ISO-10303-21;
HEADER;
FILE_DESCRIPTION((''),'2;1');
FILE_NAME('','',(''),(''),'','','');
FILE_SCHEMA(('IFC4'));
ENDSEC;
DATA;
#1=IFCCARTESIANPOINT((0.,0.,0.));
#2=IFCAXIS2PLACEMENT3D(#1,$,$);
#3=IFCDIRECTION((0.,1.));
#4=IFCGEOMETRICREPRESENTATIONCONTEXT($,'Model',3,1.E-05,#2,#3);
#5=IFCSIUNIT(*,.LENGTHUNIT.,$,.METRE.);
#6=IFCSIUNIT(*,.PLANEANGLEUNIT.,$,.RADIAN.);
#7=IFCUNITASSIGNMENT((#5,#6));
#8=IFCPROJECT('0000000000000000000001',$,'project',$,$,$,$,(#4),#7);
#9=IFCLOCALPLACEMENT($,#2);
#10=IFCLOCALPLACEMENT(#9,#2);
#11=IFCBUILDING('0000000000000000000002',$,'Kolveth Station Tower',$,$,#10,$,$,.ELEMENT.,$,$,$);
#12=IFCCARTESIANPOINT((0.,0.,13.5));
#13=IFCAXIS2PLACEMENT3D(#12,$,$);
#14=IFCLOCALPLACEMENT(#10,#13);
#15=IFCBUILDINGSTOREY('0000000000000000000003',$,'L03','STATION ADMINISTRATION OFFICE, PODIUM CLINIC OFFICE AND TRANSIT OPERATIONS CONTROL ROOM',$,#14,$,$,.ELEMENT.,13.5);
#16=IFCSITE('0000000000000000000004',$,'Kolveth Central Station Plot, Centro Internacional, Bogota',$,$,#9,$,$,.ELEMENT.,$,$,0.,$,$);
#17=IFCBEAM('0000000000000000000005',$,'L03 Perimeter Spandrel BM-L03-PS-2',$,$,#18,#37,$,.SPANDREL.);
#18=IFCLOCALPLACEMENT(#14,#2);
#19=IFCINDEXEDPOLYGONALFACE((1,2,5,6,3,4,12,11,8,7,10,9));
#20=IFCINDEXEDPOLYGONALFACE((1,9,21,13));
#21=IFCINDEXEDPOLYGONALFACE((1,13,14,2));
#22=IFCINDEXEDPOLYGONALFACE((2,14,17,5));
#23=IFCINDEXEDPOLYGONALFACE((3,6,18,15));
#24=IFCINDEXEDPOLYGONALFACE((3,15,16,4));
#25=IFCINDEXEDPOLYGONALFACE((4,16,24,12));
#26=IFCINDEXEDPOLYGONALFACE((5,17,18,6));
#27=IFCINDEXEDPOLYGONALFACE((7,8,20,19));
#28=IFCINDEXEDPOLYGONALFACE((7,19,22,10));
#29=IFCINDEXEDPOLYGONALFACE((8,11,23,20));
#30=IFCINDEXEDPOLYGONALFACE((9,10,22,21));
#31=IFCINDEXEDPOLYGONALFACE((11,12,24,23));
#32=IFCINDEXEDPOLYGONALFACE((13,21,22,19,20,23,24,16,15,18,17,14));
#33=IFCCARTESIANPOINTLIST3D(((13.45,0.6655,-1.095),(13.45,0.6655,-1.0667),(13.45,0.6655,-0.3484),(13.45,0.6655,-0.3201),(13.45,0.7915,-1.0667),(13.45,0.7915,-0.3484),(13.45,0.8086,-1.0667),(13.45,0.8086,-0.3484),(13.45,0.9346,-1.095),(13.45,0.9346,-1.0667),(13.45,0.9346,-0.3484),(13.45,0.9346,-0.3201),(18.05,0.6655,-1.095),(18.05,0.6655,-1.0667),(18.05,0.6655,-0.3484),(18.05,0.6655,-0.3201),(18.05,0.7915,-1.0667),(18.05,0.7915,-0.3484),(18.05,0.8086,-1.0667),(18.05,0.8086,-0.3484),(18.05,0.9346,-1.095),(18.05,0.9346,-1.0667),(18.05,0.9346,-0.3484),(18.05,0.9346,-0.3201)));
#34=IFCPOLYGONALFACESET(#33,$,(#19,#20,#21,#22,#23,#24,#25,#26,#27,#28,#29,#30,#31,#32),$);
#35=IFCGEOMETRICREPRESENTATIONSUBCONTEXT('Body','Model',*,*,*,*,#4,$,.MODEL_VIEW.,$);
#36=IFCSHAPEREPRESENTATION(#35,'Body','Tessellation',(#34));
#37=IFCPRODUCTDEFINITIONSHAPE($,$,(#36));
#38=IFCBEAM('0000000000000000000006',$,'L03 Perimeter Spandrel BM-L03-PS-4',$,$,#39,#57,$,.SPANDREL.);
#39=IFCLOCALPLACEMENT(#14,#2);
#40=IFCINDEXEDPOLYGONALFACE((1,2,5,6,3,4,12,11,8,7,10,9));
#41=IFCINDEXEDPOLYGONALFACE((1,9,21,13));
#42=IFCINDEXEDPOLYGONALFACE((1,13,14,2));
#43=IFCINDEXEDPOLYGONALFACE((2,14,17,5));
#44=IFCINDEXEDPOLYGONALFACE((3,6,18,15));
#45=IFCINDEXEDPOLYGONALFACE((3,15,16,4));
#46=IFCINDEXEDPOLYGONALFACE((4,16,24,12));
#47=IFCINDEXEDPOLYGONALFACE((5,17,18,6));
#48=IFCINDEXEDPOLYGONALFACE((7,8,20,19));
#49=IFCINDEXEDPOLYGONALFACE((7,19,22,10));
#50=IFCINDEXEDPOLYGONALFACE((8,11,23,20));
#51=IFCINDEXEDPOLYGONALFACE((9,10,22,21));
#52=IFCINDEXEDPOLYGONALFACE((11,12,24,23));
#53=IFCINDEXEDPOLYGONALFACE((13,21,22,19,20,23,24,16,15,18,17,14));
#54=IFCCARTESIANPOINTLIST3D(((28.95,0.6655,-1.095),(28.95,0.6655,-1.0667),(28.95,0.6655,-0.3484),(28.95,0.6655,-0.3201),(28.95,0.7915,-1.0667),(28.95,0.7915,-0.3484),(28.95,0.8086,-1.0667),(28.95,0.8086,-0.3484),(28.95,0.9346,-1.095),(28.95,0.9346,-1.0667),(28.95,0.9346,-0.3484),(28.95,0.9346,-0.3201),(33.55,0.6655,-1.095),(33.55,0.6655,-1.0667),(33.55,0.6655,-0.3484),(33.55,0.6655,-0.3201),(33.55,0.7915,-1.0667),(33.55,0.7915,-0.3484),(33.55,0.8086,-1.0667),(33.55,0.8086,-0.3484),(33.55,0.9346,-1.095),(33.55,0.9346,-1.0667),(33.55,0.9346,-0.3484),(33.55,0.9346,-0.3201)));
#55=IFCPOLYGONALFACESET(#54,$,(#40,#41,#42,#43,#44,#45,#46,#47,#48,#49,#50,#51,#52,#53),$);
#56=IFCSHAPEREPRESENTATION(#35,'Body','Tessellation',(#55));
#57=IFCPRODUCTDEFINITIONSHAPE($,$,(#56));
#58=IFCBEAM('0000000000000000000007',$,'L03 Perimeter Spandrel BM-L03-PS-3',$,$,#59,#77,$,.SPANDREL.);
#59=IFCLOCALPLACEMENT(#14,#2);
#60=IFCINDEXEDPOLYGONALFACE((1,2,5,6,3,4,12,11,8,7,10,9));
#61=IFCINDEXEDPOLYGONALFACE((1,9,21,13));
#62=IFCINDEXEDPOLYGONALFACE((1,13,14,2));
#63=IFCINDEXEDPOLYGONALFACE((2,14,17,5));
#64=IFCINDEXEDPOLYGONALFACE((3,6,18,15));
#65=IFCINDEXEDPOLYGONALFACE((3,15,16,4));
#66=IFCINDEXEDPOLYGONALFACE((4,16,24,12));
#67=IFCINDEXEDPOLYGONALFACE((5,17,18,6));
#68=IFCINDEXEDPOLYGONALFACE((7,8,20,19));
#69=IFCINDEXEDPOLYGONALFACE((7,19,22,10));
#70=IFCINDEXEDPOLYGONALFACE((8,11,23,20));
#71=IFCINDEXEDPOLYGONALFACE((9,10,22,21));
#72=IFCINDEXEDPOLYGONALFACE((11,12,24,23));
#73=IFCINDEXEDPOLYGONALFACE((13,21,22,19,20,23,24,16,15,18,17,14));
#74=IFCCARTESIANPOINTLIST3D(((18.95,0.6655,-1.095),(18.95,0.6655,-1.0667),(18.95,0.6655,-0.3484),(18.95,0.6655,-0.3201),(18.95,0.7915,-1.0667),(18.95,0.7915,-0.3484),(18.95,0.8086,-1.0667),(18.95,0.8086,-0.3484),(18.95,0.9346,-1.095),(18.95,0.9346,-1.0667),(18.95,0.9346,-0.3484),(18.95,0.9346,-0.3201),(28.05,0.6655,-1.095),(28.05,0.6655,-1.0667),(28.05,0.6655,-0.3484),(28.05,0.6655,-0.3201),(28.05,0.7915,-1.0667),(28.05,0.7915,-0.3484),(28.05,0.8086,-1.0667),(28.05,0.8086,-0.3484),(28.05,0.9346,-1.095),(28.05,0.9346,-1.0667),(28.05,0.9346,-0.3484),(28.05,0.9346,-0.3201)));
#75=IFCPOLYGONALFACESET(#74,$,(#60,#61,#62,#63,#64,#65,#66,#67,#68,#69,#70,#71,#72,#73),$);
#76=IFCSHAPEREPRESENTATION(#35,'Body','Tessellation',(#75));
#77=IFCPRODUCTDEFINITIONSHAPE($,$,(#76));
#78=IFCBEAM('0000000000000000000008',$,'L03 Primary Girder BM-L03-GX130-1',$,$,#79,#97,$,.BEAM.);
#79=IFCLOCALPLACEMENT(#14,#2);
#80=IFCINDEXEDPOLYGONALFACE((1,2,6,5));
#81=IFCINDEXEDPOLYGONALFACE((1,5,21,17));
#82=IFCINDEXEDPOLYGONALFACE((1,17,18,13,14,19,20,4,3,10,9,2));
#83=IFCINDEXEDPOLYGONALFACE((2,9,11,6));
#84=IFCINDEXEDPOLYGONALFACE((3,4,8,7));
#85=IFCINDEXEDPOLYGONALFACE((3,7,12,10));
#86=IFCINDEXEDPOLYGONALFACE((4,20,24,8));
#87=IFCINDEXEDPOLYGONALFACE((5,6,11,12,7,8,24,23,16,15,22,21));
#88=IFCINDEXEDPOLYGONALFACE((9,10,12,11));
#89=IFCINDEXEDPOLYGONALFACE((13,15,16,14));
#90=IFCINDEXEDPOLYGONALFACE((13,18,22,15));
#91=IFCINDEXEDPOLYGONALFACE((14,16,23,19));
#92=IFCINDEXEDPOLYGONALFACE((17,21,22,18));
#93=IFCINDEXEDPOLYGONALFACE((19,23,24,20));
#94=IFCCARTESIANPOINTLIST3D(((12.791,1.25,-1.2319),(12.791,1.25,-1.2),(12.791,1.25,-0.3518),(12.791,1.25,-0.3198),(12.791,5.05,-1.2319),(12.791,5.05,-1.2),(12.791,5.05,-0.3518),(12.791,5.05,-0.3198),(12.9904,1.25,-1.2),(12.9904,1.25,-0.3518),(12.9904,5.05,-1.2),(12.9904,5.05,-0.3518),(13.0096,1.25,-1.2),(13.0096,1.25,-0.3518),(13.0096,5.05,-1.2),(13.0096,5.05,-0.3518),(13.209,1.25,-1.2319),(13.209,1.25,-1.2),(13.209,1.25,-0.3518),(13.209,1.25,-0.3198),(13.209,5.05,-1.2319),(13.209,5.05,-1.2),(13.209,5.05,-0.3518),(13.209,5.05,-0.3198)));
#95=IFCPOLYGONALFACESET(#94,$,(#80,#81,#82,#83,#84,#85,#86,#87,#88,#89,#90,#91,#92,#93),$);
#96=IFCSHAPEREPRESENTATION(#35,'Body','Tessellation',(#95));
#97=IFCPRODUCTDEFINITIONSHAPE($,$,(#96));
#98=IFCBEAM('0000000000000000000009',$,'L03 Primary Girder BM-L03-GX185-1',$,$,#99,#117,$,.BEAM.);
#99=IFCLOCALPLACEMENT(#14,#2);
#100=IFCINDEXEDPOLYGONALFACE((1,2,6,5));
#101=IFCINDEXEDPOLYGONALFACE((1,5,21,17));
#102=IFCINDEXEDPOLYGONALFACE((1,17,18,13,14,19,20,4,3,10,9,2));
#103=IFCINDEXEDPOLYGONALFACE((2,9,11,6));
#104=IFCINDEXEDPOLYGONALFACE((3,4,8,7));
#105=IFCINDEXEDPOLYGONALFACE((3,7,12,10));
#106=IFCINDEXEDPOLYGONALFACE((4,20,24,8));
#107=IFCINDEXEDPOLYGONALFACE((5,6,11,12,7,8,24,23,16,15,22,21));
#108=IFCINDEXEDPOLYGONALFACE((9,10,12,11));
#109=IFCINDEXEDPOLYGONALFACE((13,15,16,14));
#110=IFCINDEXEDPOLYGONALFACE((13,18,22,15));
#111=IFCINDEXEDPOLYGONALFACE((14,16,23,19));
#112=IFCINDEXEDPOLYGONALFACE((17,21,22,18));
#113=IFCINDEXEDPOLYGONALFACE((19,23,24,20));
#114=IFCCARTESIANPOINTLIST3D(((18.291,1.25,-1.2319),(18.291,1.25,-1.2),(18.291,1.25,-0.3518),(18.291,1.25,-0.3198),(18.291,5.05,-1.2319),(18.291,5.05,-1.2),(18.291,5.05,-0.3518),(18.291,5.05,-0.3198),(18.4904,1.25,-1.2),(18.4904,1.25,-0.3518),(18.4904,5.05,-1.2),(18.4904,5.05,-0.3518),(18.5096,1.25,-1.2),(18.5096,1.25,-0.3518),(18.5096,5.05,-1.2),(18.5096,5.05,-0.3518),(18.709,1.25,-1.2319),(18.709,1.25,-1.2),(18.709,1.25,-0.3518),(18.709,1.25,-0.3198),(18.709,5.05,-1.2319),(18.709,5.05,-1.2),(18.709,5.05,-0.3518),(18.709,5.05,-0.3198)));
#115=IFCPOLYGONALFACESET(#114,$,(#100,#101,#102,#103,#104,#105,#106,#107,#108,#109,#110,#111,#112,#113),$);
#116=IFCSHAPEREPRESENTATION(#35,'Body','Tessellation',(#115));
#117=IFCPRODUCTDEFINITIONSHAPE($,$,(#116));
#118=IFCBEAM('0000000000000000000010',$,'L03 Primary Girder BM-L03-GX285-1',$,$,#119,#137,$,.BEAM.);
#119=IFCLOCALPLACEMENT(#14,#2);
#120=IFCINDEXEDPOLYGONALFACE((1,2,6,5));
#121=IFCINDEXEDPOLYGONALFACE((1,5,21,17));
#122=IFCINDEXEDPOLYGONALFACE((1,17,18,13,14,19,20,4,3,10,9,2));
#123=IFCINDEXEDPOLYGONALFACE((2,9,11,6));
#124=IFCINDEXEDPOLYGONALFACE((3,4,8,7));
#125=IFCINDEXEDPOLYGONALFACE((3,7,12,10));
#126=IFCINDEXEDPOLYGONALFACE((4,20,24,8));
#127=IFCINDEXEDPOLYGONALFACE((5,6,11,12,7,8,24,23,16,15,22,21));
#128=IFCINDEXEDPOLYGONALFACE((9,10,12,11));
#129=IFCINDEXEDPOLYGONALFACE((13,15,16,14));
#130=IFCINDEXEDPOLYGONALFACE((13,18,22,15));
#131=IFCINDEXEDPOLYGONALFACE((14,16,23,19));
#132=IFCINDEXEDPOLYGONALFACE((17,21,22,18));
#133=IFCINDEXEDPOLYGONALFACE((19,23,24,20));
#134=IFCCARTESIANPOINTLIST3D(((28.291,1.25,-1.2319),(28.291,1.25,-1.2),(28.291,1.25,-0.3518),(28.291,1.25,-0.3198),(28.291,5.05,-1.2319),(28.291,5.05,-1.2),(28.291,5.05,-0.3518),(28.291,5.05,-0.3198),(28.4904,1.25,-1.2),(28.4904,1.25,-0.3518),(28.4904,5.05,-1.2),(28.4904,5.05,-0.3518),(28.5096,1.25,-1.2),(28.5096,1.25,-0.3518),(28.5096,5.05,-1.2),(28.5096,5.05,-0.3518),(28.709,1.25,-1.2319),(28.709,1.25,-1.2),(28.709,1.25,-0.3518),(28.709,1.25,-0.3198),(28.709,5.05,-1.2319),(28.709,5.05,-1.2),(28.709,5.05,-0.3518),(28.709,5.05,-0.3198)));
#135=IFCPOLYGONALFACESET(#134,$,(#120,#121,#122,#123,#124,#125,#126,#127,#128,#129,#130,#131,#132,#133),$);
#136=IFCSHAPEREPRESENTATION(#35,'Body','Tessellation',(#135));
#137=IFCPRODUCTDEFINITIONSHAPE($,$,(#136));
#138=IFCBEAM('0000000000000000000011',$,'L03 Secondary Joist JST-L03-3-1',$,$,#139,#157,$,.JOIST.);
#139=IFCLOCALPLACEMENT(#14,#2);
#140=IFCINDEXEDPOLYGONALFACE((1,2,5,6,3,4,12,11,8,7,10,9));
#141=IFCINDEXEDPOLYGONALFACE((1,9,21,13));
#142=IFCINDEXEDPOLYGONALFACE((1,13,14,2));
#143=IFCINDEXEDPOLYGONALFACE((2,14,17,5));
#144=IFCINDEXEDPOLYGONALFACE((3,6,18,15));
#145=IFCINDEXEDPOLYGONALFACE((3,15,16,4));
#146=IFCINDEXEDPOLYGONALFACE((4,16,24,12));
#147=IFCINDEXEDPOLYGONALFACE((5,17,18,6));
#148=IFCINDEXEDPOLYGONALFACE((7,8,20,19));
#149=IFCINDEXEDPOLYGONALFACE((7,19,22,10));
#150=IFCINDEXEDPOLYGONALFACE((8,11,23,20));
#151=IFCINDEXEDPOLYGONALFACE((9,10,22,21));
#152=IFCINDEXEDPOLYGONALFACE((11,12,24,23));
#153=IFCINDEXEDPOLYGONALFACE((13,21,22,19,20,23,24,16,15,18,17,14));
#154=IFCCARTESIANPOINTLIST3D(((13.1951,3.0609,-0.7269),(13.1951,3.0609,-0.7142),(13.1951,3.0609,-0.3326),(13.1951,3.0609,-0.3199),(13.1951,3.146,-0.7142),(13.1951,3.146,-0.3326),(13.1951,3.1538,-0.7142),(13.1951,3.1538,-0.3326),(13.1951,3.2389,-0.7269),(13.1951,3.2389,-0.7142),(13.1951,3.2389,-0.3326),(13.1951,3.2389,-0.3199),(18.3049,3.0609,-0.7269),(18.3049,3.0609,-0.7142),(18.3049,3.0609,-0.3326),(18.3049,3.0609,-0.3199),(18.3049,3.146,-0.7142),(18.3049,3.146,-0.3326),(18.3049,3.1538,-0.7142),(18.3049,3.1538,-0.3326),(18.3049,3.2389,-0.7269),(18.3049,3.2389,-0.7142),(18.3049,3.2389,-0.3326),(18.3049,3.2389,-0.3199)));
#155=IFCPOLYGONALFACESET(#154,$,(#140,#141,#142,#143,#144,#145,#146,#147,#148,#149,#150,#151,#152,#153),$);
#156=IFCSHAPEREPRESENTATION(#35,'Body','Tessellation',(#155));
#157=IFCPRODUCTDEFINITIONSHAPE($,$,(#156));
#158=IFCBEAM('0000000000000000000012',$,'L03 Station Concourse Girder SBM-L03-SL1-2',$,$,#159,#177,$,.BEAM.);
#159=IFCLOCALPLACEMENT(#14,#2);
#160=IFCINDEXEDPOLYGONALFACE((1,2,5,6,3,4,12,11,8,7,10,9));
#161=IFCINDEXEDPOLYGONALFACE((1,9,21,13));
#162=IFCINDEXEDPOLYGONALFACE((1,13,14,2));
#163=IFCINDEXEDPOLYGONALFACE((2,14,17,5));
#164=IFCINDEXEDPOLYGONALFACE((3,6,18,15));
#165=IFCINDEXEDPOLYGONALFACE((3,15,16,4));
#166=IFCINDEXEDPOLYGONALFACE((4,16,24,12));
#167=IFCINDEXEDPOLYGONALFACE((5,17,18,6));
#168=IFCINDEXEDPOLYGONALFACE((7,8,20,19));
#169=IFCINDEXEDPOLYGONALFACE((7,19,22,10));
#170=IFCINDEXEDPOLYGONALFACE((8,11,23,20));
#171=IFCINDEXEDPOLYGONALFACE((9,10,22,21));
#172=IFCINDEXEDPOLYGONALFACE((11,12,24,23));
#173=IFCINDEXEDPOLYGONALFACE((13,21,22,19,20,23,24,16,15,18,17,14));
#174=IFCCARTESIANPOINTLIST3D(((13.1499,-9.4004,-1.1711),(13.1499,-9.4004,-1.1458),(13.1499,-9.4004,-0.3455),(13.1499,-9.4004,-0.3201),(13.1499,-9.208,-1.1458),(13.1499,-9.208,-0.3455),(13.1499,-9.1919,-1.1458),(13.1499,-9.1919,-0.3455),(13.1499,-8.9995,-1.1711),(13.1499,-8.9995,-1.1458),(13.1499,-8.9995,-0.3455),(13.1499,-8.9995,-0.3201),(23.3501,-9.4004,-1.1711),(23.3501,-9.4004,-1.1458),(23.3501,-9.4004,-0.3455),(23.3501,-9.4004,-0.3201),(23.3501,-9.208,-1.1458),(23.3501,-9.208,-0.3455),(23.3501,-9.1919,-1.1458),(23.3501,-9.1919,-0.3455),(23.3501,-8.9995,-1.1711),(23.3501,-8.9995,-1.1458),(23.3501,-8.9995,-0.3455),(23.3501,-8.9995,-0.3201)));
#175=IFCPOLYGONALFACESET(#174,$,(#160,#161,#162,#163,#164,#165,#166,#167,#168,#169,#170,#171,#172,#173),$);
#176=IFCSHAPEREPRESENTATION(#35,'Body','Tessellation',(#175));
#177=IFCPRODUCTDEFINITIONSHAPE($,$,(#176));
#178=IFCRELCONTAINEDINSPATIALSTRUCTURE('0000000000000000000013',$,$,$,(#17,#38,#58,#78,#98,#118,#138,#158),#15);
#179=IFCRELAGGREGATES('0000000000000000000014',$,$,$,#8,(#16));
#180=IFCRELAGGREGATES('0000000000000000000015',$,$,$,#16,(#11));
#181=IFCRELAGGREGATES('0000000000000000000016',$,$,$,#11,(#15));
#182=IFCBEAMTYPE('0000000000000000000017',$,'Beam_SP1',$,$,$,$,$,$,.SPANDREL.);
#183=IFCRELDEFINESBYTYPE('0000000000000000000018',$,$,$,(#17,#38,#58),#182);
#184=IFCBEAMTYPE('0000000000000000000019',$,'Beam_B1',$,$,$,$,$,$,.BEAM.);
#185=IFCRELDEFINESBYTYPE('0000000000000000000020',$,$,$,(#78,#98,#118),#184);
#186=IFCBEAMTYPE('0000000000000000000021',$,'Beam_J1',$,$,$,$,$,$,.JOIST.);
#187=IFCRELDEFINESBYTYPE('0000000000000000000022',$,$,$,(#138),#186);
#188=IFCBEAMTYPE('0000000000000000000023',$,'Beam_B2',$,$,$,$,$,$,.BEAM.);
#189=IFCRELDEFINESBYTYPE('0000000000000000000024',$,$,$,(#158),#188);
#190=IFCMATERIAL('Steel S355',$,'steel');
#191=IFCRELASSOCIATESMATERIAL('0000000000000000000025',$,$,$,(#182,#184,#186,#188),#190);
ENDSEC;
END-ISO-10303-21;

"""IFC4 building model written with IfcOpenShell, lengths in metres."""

from ifc_helpers import new_model, si_unit, direction, frame, origin, origin_2d, place, context, subcontext, project, spatial, i_section, extrude, source, transform, mapped, material, material_profile, profile_set, type_object, element, save


model = new_model("IFC4")

# Units and contexts
model_context = context("Model", 3, precision=1e-05, world=origin(), true_north=direction((0.0, 1.0)))
body_context = subcontext(model_context, "Body", "Model", "MODEL_VIEW")
ifc_project = project(units=[si_unit("LENGTHUNIT", "METRE"), si_unit("PLANEANGLEUNIT", "RADIAN")], contexts=[model_context])

# Site, building, storey
site_placement = place(None, origin())
site = spatial("IfcSite", under=ifc_project, at=site_placement, Name="Kolveth Central Station Plot, Centro Internacional, Bogota", CompositionType="ELEMENT", RefElevation=0.0)
building_placement = place(site_placement, origin())
building = spatial("IfcBuilding", under=site, at=building_placement, Name="Kolveth Station Tower", CompositionType="ELEMENT")
storey_placement = place(building_placement, frame((0.0, 0.0, 13.5)))
storey = spatial("IfcBuildingStorey", under=building, at=storey_placement, Name="L03", Description="STATION ADMINISTRATION OFFICE, PODIUM CLINIC OFFICE AND TRANSIT OPERATIONS CONTROL ROOM", CompositionType="ELEMENT", Elevation=13.5)

# Shared definitions
ifc_material_1 = material(Name="Steel S355", Category="steel")

# Beams
ifc_material_profile_1 = material_profile(ifc_material_1, i_section(OverallWidth=0.269, OverallDepth=0.7749, WebThickness=0.0171, FlangeThickness=0.0283, at=origin_2d()), Name="W760x220")
ifc_profile_set_1 = profile_set([ifc_material_profile_1], Name="Steel S355")
beam_type_1 = type_object("IfcBeamType", Name="Beam_SP1", PredefinedType="SPANDREL", material=ifc_profile_set_1)
shared_shape_1 = source(origin(), body_context, "Body", "SweptSolid", [
    extrude(i_section(OverallWidth=0.269, OverallDepth=0.7749, WebThickness=0.0171, FlangeThickness=0.0283, at=origin_2d()), origin(), (0.0, 0.0, 1.0), 4.6001),
])
for number, where, z_axis, x_axis, name in (
    (1, (13.45, 0.8, -0.7075), (1.0, 0.0, 0.0), (0.0, 1.0, 0.0), "L03 Perimeter Spandrel BM-L03-PS-2"),
    (2, (28.95, 0.8, -0.7075), (1.0, 0.0, 0.0), (0.0, 1.0, 0.0), "L03 Perimeter Spandrel BM-L03-PS-4"),
):
    element("IfcBeam", number, at=place(storey_placement, frame(where, z_axis=z_axis, x_axis=x_axis)), inside=storey, type_object=beam_type_1, Name=name, PredefinedType="SPANDREL", context=body_context, shape_type="MappedRepresentation", body=[
        mapped(shared_shape_1, transform((0.0, 0.0, 0.0), x_axis=(1.0, 0.0, 0.0), y_axis=(0.0, 1.0, 0.0), z_axis=(0.0, 0.0, 1.0), scale=1.0)),
    ])
shared_shape_2 = source(origin(), body_context, "Body", "SweptSolid", [
    extrude(i_section(OverallWidth=0.269, OverallDepth=0.7749, WebThickness=0.0171, FlangeThickness=0.0283, at=origin_2d()), origin(), (0.0, 0.0, 1.0), 9.1001),
])
beam_1_placement = place(storey_placement, frame((18.95, 0.8, -0.7075), z_axis=(1.0, 0.0, 0.0), x_axis=(0.0, 1.0, 0.0)))
element("IfcBeam", 3, at=beam_1_placement, inside=storey, type_object=beam_type_1, Name="L03 Perimeter Spandrel BM-L03-PS-3", PredefinedType="SPANDREL", context=body_context, shape_type="MappedRepresentation", body=[
    mapped(shared_shape_2, transform((0.0, 0.0, 0.0), x_axis=(1.0, 0.0, 0.0), y_axis=(0.0, 1.0, 0.0), z_axis=(0.0, 0.0, 1.0), scale=1.0)),
])
ifc_material_profile_2 = material_profile(ifc_material_1, i_section(OverallWidth=0.418, OverallDepth=0.9121, WebThickness=0.0193, FlangeThickness=0.032, at=origin_2d()), Name="W920x342")
ifc_profile_set_2 = profile_set([ifc_material_profile_2], Name="Steel S355")
beam_type_2 = type_object("IfcBeamType", Name="Beam_B1", PredefinedType="BEAM", material=ifc_profile_set_2)
shared_shape_3 = source(origin(), body_context, "Body", "SweptSolid", [
    extrude(i_section(OverallWidth=0.418, OverallDepth=0.9121, WebThickness=0.0193, FlangeThickness=0.032, at=origin_2d()), origin(), (0.0, 0.0, 1.0), 3.8),
])
for number, where, z_axis, x_axis, name in (
    (4, (13.0, 1.25, -0.7759), (0.0, 1.0, 0.0), (-1.0, 0.0, 0.0), "L03 Primary Girder BM-L03-GX130-1"),
    (5, (18.5, 1.25, -0.7759), (0.0, 1.0, 0.0), (-1.0, 0.0, 0.0), "L03 Primary Girder BM-L03-GX185-1"),
    (6, (28.5, 1.25, -0.7759), (0.0, 1.0, 0.0), (-1.0, 0.0, 0.0), "L03 Primary Girder BM-L03-GX285-1"),
):
    element("IfcBeam", number, at=place(storey_placement, frame(where, z_axis=z_axis, x_axis=x_axis)), inside=storey, type_object=beam_type_2, Name=name, PredefinedType="BEAM", context=body_context, shape_type="MappedRepresentation", body=[
        mapped(shared_shape_3, transform((0.0, 0.0, 0.0), x_axis=(1.0, 0.0, 0.0), y_axis=(0.0, 1.0, 0.0), z_axis=(0.0, 0.0, 1.0), scale=1.0)),
    ])
ifc_material_profile_3 = material_profile(ifc_material_1, i_section(OverallWidth=0.178, OverallDepth=0.407, WebThickness=0.0078, FlangeThickness=0.0127, at=origin_2d()), Name="W410x60")
ifc_profile_set_3 = profile_set([ifc_material_profile_3], Name="Steel S355")
beam_type_3 = type_object("IfcBeamType", Name="Beam_J1", PredefinedType="JOIST", material=ifc_profile_set_3)
shared_shape_4 = source(origin(), body_context, "Body", "SweptSolid", [
    extrude(i_section(OverallWidth=0.178, OverallDepth=0.407, WebThickness=0.0078, FlangeThickness=0.0127, at=origin_2d()), origin(), (0.0, 0.0, 1.0), 5.1099),
])
beam_2_placement = place(storey_placement, frame((13.1951, 3.1499, -0.5234), z_axis=(1.0, 0.0, 0.0), x_axis=(0.0, 1.0, 0.0)))
element("IfcBeam", 7, at=beam_2_placement, inside=storey, type_object=beam_type_3, Name="L03 Secondary Joist JST-L03-3-1", PredefinedType="JOIST", context=body_context, shape_type="MappedRepresentation", body=[
    mapped(shared_shape_4, transform((0.0, 0.0, 0.0), x_axis=(1.0, 0.0, 0.0), y_axis=(0.0, 1.0, 0.0), z_axis=(0.0, 0.0, 1.0), scale=1.0)),
])
ifc_material_profile_4 = material_profile(ifc_material_1, i_section(OverallWidth=0.4009, OverallDepth=0.8511, WebThickness=0.0161, FlangeThickness=0.0254, at=origin_2d()), Name="W840x226")
ifc_profile_set_4 = profile_set([ifc_material_profile_4], Name="Steel S355")
beam_type_4 = type_object("IfcBeamType", Name="Beam_B2", PredefinedType="BEAM", material=ifc_profile_set_4)
shared_shape_5 = source(origin(), body_context, "Body", "SweptSolid", [
    extrude(i_section(OverallWidth=0.4009, OverallDepth=0.8511, WebThickness=0.0161, FlangeThickness=0.0254, at=origin_2d()), origin(), (0.0, 0.0, 1.0), 10.2002),
])
for number, where, z_axis, x_axis, name in (
    (8, (13.1499, -9.2, -0.7456), (1.0, 0.0, 0.0), (0.0, 1.0, 0.0), "L03 Station Concourse Girder SBM-L03-SL1-2"),
):
    element("IfcBeam", number, at=place(storey_placement, frame(where, z_axis=z_axis, x_axis=x_axis)), inside=storey, type_object=beam_type_4, Name=name, PredefinedType="BEAM", context=body_context, shape_type="MappedRepresentation", body=[
        mapped(shared_shape_5, transform((0.0, 0.0, 0.0), x_axis=(1.0, 0.0, 0.0), y_axis=(0.0, 1.0, 0.0), z_axis=(0.0, 0.0, 1.0), scale=1.0)),
    ])

save(model, "model.ifc")
